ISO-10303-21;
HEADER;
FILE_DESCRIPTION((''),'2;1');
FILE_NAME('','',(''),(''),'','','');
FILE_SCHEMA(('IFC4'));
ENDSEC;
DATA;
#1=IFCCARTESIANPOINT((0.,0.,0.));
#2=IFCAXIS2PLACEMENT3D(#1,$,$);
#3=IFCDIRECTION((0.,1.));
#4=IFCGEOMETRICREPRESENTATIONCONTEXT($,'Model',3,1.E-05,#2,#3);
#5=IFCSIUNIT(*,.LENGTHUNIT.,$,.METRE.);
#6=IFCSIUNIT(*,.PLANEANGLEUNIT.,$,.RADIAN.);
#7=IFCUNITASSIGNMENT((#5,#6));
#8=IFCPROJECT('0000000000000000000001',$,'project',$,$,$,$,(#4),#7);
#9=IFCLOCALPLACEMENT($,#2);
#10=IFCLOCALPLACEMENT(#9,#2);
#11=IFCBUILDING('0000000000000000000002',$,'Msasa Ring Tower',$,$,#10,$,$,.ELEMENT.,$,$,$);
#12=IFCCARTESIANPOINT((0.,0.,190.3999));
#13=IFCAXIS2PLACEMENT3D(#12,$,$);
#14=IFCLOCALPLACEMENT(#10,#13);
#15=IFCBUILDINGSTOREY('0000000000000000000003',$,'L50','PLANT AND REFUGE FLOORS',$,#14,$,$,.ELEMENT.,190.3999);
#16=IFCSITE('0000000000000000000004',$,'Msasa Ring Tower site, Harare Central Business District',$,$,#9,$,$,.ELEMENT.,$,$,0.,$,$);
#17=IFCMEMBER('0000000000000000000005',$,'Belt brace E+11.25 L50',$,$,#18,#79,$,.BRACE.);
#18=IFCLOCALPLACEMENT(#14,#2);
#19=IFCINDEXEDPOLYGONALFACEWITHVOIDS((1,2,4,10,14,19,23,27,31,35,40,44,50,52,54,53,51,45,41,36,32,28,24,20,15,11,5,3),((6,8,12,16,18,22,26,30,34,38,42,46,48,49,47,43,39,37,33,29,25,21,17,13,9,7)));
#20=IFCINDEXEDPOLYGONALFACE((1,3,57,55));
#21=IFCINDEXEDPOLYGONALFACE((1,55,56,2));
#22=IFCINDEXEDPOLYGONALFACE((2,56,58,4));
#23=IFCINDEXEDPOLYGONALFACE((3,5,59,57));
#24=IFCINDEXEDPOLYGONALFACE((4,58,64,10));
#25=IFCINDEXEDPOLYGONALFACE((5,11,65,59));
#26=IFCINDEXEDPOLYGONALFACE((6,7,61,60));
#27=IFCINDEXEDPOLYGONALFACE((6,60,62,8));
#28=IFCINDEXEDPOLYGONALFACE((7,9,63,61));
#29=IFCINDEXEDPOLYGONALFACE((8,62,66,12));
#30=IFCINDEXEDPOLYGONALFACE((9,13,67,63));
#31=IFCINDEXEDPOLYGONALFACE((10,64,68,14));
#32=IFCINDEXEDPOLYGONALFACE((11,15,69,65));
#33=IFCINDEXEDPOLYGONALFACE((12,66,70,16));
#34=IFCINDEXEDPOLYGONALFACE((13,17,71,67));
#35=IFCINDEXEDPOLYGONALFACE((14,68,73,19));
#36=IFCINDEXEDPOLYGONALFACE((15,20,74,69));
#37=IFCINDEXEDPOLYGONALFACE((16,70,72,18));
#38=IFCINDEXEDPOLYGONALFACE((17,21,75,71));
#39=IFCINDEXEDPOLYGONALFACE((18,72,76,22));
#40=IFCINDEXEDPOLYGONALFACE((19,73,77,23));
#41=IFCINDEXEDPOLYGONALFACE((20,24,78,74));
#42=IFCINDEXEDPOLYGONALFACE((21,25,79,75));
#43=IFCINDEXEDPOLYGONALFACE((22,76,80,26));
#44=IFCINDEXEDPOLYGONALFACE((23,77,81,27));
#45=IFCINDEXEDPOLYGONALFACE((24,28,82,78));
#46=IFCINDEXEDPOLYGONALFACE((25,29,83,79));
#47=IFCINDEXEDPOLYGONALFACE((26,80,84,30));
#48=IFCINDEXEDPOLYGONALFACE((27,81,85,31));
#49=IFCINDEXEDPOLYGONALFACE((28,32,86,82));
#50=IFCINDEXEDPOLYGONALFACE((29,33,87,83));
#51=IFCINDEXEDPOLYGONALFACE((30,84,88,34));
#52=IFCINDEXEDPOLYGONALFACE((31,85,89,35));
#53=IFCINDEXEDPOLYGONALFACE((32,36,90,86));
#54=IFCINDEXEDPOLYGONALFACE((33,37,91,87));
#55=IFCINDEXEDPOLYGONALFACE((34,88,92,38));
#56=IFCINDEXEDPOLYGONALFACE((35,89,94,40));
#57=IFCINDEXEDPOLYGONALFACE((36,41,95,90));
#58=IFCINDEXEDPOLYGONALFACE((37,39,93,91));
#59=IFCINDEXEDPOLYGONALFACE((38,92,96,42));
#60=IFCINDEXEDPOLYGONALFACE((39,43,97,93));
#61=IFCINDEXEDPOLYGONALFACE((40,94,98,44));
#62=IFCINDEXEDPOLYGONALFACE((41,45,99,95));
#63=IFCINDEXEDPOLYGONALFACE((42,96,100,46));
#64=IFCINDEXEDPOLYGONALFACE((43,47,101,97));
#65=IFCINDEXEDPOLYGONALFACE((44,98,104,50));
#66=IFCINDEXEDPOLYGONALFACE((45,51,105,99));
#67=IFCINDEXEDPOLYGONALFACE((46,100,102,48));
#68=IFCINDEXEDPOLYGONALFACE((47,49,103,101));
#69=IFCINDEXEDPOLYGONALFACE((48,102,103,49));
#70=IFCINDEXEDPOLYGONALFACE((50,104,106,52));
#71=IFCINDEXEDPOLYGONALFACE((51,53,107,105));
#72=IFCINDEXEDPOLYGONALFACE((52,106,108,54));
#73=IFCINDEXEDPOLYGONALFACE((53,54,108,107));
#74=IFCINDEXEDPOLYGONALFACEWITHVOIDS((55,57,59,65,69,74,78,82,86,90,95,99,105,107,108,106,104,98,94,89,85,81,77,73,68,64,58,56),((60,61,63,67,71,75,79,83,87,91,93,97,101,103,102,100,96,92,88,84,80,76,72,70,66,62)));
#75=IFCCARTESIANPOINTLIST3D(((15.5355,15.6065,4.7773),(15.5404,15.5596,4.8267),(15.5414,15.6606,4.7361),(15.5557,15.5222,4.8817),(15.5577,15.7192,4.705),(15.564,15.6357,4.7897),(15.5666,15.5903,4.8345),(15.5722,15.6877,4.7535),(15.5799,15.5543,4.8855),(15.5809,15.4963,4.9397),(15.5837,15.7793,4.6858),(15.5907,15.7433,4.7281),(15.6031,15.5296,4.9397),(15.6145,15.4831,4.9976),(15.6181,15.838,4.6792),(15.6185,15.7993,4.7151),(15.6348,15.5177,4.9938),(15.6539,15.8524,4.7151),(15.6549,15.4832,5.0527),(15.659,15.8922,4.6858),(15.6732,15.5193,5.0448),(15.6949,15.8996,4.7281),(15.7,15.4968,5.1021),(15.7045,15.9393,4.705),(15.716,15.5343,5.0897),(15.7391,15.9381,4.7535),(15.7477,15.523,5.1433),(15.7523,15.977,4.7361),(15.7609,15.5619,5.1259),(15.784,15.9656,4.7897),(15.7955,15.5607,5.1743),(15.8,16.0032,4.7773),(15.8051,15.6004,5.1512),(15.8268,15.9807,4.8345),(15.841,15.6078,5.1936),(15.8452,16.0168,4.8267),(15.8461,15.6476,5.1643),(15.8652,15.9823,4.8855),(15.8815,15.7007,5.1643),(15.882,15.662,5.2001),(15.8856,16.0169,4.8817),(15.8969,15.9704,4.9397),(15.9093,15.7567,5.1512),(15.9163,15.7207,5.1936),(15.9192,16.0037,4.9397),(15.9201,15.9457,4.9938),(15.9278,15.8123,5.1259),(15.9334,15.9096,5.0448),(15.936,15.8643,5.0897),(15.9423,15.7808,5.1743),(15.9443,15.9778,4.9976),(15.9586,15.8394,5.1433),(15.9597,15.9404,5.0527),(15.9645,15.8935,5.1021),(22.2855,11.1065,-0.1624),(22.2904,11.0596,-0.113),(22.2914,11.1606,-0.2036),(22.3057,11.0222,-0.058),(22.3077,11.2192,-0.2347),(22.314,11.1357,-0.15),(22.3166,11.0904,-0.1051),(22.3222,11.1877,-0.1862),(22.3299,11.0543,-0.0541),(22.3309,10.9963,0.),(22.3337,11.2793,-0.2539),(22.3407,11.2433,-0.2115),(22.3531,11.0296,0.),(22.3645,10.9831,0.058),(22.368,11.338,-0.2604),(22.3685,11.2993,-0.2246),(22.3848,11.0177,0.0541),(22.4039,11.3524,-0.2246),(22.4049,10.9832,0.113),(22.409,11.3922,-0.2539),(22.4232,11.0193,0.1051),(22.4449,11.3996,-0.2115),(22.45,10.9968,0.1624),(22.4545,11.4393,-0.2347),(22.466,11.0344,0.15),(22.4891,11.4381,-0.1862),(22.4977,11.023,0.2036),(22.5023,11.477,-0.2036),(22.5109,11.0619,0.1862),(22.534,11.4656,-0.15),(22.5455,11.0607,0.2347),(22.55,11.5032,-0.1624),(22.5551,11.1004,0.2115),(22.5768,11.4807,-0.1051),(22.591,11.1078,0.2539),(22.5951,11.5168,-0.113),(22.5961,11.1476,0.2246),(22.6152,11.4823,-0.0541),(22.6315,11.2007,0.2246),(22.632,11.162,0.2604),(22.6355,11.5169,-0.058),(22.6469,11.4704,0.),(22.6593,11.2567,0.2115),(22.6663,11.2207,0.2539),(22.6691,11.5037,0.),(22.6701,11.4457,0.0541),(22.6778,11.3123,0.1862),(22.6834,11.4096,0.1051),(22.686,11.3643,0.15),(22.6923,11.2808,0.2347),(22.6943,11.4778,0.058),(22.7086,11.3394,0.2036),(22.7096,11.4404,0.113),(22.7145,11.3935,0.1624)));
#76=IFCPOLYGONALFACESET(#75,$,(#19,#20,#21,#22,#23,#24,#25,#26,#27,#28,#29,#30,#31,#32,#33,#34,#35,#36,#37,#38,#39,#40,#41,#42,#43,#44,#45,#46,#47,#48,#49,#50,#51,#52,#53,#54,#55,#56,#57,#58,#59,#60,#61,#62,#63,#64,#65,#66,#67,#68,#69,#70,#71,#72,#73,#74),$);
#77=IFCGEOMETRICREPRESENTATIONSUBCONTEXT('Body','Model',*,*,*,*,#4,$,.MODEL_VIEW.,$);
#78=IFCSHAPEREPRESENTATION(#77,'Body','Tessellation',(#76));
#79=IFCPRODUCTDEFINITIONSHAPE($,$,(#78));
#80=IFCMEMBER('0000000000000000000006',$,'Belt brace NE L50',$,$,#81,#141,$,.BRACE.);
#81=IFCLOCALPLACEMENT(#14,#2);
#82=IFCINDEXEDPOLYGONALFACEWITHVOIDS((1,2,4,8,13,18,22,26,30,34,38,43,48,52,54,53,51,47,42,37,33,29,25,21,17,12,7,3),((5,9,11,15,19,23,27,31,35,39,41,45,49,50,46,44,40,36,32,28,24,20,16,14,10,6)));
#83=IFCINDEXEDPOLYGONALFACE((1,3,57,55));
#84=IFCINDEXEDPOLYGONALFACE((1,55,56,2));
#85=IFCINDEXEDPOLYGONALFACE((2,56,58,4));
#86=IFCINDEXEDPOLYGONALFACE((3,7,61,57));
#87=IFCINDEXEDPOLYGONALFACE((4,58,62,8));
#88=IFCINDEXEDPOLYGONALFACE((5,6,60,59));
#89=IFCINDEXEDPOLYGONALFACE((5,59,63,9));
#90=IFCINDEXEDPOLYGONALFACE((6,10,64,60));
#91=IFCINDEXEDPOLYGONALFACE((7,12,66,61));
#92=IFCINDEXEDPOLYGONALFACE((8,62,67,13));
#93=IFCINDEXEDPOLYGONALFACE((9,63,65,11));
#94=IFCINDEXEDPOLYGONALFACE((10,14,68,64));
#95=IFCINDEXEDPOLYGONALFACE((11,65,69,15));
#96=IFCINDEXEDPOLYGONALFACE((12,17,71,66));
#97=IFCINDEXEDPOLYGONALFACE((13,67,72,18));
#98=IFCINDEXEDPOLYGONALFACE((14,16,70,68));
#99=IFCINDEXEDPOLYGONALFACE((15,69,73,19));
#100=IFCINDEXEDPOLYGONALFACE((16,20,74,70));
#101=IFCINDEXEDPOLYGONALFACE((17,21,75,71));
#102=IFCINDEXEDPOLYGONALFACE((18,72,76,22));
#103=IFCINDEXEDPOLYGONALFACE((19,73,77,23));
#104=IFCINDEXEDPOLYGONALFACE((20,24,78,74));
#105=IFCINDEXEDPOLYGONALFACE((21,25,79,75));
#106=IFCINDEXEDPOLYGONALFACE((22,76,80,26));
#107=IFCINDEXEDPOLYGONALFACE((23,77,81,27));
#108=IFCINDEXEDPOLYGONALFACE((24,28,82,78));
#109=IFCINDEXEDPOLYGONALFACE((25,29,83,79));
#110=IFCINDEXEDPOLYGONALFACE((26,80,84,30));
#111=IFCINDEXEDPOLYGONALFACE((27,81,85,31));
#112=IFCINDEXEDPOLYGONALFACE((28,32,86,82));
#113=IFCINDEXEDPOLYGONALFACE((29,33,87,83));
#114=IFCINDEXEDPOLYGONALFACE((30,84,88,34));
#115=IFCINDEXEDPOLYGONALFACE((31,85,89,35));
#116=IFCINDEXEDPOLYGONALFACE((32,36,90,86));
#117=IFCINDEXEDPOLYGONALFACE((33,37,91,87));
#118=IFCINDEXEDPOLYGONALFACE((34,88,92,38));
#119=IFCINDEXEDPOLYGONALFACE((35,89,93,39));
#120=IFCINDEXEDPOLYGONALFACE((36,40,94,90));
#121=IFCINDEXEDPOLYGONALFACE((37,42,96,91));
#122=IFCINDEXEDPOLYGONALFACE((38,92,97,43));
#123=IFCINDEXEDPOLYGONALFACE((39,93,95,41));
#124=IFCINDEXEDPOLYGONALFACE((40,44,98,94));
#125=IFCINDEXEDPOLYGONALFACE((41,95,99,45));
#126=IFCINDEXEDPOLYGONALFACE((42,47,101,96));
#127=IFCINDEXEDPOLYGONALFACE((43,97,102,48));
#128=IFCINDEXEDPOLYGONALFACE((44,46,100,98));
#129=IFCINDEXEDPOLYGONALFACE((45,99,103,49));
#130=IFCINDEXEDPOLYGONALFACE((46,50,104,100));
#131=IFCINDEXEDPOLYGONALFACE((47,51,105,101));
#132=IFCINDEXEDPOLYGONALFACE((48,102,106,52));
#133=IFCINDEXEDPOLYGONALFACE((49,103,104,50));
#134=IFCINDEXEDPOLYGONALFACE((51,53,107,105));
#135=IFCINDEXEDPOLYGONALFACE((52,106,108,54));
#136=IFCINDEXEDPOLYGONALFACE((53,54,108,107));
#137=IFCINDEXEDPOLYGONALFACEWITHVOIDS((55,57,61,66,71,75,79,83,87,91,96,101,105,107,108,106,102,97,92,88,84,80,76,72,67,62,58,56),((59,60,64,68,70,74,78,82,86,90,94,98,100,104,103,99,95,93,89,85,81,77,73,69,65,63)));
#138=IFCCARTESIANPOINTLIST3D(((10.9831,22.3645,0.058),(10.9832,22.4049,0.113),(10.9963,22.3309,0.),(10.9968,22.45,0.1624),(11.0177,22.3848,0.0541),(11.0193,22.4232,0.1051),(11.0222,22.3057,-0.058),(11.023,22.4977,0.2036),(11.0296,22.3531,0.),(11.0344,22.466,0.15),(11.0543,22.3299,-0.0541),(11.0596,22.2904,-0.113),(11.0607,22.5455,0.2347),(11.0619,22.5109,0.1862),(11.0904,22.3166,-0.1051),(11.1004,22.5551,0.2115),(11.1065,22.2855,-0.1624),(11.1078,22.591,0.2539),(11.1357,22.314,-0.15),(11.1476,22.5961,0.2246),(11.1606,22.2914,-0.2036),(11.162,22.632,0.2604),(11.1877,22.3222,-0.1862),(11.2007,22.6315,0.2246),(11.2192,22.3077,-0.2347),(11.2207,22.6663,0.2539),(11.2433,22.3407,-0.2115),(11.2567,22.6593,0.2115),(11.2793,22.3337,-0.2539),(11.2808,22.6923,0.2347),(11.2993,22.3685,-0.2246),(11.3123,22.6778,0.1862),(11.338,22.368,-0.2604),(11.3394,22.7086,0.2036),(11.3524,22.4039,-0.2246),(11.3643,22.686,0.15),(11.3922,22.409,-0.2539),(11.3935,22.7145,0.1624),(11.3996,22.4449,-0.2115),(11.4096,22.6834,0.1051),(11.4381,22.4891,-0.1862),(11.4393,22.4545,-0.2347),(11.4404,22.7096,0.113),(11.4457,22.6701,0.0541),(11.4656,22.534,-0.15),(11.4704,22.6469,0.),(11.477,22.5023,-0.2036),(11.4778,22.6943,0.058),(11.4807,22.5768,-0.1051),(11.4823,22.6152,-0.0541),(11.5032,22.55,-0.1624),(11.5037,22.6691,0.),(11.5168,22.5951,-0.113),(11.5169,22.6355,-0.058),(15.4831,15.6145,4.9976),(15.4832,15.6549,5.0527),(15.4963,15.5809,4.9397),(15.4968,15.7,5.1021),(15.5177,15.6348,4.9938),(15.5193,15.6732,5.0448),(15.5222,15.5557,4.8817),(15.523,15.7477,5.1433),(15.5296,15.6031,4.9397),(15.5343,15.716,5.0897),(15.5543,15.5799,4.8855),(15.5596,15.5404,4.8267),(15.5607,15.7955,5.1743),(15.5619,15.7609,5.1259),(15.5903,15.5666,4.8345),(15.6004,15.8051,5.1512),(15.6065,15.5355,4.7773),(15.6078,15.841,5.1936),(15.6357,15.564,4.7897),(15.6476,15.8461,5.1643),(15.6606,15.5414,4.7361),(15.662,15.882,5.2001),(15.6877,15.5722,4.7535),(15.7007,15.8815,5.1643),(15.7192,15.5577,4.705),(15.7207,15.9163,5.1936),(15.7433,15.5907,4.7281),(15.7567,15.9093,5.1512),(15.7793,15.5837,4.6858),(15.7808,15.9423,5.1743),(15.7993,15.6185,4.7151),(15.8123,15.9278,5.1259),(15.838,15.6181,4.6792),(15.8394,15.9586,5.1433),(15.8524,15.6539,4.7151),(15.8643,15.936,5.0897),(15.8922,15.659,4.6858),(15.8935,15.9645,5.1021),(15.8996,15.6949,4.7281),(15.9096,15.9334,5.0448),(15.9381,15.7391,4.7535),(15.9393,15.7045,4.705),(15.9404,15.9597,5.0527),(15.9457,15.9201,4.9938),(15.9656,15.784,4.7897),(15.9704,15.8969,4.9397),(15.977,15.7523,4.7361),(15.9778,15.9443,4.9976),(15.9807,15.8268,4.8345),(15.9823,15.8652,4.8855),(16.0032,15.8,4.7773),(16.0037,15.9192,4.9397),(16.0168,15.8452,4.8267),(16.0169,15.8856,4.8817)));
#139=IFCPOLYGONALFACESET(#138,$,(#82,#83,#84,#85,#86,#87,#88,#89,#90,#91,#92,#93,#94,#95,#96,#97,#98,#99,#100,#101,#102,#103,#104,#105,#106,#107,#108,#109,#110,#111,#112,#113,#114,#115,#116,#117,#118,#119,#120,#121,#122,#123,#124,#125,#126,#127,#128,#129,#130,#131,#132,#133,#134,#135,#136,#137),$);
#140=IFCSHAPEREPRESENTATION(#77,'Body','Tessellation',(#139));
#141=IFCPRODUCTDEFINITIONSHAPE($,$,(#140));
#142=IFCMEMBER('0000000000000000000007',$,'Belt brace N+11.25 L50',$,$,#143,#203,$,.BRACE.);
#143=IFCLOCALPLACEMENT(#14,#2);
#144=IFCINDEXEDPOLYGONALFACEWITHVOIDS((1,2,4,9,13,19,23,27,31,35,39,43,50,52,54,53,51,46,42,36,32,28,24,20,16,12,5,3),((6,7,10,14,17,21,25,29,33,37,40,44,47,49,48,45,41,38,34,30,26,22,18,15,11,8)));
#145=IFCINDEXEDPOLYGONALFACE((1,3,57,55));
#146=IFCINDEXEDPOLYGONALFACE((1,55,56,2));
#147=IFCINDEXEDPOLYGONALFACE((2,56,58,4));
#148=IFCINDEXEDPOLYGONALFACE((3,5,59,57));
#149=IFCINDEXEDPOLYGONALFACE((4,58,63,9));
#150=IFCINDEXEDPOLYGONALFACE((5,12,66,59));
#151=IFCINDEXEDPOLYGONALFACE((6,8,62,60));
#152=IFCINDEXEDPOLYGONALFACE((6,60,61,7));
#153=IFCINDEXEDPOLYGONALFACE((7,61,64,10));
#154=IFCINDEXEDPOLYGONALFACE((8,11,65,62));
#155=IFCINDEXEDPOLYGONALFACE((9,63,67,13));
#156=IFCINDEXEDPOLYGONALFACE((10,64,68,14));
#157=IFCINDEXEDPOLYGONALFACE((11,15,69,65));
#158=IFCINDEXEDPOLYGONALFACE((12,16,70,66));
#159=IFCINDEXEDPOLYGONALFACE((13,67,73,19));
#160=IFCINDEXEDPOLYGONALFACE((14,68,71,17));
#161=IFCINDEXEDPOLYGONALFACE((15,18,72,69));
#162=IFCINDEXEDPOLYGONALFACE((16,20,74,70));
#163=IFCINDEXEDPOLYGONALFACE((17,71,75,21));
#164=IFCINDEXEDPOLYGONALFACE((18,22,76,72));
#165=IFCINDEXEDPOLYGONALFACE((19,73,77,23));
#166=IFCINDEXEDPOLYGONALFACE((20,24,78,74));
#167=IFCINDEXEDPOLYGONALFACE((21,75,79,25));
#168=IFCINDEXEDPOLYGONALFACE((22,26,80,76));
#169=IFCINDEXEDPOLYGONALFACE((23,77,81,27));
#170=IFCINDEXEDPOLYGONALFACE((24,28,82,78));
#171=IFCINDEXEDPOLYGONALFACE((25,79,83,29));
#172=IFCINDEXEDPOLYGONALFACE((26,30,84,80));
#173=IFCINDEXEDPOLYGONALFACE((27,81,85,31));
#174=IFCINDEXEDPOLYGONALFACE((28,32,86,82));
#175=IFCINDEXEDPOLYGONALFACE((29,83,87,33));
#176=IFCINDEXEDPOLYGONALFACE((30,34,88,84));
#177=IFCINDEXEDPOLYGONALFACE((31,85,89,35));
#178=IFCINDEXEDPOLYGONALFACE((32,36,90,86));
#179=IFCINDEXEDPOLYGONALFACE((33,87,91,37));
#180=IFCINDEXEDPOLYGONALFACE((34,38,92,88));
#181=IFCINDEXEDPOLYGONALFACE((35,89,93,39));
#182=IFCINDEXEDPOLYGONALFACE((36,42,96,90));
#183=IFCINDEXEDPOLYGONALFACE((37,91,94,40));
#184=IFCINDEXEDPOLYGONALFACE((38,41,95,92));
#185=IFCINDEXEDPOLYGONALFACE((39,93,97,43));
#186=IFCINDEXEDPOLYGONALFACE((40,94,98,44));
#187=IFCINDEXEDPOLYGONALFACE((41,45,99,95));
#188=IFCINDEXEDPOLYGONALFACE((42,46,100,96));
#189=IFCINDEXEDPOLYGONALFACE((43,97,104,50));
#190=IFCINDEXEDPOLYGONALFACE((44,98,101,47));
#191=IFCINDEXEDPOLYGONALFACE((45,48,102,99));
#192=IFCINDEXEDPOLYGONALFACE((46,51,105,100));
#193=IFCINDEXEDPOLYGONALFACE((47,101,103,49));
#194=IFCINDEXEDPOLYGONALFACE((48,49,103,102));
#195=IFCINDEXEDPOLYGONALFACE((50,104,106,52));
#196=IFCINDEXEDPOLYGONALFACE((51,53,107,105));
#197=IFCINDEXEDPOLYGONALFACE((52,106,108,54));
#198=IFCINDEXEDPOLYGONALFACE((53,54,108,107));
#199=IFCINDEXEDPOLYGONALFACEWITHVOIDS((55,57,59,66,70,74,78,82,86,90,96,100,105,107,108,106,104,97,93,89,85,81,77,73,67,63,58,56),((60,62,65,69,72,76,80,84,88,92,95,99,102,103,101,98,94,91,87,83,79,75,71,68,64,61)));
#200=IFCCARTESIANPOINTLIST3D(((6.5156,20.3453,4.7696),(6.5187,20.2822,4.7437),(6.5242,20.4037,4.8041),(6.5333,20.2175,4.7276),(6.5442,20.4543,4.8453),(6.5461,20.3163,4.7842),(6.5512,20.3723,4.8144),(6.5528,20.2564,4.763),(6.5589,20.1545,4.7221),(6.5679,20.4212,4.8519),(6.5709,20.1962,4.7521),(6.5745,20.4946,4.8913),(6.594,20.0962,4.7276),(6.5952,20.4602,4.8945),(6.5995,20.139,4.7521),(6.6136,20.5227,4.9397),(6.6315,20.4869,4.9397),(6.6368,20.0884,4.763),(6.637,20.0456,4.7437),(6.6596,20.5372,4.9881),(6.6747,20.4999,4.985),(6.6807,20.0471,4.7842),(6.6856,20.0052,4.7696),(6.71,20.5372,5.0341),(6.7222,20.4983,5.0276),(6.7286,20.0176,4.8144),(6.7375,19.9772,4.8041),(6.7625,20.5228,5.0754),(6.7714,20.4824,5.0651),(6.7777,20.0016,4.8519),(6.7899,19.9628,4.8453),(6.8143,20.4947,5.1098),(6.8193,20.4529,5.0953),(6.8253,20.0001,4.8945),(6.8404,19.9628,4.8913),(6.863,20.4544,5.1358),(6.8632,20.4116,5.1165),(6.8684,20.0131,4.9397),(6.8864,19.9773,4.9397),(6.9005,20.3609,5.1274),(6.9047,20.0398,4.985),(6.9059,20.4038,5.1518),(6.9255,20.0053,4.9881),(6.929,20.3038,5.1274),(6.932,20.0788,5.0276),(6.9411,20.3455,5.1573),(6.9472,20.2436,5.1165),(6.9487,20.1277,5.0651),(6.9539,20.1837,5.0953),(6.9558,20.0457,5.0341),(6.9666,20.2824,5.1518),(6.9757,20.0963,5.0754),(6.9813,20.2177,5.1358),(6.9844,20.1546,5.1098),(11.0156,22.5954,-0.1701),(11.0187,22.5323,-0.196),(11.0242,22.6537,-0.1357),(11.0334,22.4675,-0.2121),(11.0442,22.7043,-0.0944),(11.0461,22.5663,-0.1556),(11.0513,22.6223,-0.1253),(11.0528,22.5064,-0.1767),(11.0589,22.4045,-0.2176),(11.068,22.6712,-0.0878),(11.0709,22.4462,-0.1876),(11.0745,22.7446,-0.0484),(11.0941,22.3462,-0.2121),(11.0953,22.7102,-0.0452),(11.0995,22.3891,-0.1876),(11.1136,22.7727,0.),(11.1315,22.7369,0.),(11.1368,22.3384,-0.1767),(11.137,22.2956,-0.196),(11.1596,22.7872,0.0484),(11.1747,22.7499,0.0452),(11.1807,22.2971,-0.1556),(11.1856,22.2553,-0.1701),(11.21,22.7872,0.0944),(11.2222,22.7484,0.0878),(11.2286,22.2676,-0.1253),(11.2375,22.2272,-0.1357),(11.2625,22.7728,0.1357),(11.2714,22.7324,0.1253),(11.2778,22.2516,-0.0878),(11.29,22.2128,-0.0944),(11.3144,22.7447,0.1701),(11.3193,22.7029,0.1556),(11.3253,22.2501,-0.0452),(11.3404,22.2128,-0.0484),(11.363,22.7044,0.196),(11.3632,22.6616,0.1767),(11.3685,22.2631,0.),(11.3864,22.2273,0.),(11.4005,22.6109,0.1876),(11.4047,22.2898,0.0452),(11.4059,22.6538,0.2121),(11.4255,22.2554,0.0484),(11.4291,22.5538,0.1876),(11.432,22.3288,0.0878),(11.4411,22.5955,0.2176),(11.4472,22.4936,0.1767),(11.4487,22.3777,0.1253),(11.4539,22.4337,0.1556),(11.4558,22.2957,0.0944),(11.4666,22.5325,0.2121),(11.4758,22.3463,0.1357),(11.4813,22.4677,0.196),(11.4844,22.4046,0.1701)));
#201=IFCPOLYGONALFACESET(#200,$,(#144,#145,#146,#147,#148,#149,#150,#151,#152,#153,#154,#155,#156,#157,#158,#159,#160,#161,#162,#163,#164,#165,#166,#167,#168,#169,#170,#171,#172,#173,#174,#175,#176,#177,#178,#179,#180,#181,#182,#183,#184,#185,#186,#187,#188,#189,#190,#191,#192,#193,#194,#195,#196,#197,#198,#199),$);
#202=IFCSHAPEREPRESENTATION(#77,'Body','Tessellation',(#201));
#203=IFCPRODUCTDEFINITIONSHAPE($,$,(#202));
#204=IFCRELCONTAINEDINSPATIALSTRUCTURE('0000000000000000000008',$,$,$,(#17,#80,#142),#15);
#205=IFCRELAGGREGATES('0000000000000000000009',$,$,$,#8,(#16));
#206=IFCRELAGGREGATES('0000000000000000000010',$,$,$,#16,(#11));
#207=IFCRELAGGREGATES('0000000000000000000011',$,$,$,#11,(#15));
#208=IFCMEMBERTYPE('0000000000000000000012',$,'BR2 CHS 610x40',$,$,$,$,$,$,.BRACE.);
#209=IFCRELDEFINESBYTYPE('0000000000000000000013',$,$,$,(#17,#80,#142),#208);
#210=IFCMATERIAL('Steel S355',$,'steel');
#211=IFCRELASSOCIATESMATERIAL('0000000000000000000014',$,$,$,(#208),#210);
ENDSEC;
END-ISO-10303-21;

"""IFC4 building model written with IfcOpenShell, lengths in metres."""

from ifc_helpers import new_model, si_unit, direction, frame, origin, origin_2d, place, context, subcontext, project, spatial, hollow_circle, extrude, material, material_profile, profile_set, type_object, element, save


model = new_model("IFC4")

# Units and contexts
model_context = context("Model", 3, precision=1e-05, world=origin(), true_north=direction((0.0, 1.0)))
body_context = subcontext(model_context, "Body", "Model", "MODEL_VIEW")
ifc_project = project(units=[si_unit("LENGTHUNIT", "METRE"), si_unit("PLANEANGLEUNIT", "RADIAN")], contexts=[model_context])

# Site, building, storey
site_placement = place(None, origin())
site = spatial("IfcSite", under=ifc_project, at=site_placement, Name="Msasa Ring Tower site, Harare Central Business District", CompositionType="ELEMENT", RefElevation=0.0)
building_placement = place(site_placement, origin())
building = spatial("IfcBuilding", under=site, at=building_placement, Name="Msasa Ring Tower", CompositionType="ELEMENT")
storey_placement = place(building_placement, frame((0.0, 0.0, 190.3999)))
storey = spatial("IfcBuildingStorey", under=building, at=storey_placement, Name="L50", Description="PLANT AND REFUGE FLOORS", CompositionType="ELEMENT", Elevation=190.3999)

# Members
ifc_material_1 = material(Name="Steel S355", Category="steel")
ifc_material_profile_1 = material_profile(ifc_material_1, hollow_circle(Radius=0.3049, WallThickness=0.04, at=origin_2d()), Name="CHS 610x40")
ifc_profile_set_1 = profile_set([ifc_material_profile_1], Name="Steel S355")
member_type = type_object("IfcMemberType", Name="BR2 CHS 610x40", PredefinedType="BRACE", material=ifc_profile_set_1)
for number, where, z_axis, x_axis, name in (
    (1, (22.5, 11.25, 0.0), (-0.710672, 0.473781, 0.520074), (-0.5547, -0.83205, 0.0), "Belt brace E+11.25 L50"),
    (2, (11.25, 22.5, 0.0), (0.473781, -0.710672, 0.520074), (0.83205, 0.5547, 0.0), "Belt brace NE L50"),
):
    element("IfcMember", number, at=place(storey_placement, frame(where, z_axis=z_axis, x_axis=x_axis)), inside=storey, type_object=member_type, Name=name, PredefinedType="BRACE", context=body_context, shape_type="SweptSolid", body=[
        extrude(hollow_circle(Radius=0.3049, WallThickness=0.04, at=origin_2d()), origin(), (0.0, 0.0, 1.0), 9.498),
    ])
member_placement = place(storey_placement, frame((11.25, 22.5, 0.0), z_axis=(-0.63823, -0.319115, 0.700592), x_axis=(0.447214, -0.894427, 0.0)))
element("IfcMember", 3, at=member_placement, inside=storey, type_object=member_type, Name="Belt brace N+11.25 L50", PredefinedType="BRACE", context=body_context, shape_type="SweptSolid", body=[
    extrude(hollow_circle(Radius=0.3049, WallThickness=0.04, at=origin_2d()), origin(), (0.0, 0.0, 1.0), 7.0508),
])

save(model, "model.ifc")
